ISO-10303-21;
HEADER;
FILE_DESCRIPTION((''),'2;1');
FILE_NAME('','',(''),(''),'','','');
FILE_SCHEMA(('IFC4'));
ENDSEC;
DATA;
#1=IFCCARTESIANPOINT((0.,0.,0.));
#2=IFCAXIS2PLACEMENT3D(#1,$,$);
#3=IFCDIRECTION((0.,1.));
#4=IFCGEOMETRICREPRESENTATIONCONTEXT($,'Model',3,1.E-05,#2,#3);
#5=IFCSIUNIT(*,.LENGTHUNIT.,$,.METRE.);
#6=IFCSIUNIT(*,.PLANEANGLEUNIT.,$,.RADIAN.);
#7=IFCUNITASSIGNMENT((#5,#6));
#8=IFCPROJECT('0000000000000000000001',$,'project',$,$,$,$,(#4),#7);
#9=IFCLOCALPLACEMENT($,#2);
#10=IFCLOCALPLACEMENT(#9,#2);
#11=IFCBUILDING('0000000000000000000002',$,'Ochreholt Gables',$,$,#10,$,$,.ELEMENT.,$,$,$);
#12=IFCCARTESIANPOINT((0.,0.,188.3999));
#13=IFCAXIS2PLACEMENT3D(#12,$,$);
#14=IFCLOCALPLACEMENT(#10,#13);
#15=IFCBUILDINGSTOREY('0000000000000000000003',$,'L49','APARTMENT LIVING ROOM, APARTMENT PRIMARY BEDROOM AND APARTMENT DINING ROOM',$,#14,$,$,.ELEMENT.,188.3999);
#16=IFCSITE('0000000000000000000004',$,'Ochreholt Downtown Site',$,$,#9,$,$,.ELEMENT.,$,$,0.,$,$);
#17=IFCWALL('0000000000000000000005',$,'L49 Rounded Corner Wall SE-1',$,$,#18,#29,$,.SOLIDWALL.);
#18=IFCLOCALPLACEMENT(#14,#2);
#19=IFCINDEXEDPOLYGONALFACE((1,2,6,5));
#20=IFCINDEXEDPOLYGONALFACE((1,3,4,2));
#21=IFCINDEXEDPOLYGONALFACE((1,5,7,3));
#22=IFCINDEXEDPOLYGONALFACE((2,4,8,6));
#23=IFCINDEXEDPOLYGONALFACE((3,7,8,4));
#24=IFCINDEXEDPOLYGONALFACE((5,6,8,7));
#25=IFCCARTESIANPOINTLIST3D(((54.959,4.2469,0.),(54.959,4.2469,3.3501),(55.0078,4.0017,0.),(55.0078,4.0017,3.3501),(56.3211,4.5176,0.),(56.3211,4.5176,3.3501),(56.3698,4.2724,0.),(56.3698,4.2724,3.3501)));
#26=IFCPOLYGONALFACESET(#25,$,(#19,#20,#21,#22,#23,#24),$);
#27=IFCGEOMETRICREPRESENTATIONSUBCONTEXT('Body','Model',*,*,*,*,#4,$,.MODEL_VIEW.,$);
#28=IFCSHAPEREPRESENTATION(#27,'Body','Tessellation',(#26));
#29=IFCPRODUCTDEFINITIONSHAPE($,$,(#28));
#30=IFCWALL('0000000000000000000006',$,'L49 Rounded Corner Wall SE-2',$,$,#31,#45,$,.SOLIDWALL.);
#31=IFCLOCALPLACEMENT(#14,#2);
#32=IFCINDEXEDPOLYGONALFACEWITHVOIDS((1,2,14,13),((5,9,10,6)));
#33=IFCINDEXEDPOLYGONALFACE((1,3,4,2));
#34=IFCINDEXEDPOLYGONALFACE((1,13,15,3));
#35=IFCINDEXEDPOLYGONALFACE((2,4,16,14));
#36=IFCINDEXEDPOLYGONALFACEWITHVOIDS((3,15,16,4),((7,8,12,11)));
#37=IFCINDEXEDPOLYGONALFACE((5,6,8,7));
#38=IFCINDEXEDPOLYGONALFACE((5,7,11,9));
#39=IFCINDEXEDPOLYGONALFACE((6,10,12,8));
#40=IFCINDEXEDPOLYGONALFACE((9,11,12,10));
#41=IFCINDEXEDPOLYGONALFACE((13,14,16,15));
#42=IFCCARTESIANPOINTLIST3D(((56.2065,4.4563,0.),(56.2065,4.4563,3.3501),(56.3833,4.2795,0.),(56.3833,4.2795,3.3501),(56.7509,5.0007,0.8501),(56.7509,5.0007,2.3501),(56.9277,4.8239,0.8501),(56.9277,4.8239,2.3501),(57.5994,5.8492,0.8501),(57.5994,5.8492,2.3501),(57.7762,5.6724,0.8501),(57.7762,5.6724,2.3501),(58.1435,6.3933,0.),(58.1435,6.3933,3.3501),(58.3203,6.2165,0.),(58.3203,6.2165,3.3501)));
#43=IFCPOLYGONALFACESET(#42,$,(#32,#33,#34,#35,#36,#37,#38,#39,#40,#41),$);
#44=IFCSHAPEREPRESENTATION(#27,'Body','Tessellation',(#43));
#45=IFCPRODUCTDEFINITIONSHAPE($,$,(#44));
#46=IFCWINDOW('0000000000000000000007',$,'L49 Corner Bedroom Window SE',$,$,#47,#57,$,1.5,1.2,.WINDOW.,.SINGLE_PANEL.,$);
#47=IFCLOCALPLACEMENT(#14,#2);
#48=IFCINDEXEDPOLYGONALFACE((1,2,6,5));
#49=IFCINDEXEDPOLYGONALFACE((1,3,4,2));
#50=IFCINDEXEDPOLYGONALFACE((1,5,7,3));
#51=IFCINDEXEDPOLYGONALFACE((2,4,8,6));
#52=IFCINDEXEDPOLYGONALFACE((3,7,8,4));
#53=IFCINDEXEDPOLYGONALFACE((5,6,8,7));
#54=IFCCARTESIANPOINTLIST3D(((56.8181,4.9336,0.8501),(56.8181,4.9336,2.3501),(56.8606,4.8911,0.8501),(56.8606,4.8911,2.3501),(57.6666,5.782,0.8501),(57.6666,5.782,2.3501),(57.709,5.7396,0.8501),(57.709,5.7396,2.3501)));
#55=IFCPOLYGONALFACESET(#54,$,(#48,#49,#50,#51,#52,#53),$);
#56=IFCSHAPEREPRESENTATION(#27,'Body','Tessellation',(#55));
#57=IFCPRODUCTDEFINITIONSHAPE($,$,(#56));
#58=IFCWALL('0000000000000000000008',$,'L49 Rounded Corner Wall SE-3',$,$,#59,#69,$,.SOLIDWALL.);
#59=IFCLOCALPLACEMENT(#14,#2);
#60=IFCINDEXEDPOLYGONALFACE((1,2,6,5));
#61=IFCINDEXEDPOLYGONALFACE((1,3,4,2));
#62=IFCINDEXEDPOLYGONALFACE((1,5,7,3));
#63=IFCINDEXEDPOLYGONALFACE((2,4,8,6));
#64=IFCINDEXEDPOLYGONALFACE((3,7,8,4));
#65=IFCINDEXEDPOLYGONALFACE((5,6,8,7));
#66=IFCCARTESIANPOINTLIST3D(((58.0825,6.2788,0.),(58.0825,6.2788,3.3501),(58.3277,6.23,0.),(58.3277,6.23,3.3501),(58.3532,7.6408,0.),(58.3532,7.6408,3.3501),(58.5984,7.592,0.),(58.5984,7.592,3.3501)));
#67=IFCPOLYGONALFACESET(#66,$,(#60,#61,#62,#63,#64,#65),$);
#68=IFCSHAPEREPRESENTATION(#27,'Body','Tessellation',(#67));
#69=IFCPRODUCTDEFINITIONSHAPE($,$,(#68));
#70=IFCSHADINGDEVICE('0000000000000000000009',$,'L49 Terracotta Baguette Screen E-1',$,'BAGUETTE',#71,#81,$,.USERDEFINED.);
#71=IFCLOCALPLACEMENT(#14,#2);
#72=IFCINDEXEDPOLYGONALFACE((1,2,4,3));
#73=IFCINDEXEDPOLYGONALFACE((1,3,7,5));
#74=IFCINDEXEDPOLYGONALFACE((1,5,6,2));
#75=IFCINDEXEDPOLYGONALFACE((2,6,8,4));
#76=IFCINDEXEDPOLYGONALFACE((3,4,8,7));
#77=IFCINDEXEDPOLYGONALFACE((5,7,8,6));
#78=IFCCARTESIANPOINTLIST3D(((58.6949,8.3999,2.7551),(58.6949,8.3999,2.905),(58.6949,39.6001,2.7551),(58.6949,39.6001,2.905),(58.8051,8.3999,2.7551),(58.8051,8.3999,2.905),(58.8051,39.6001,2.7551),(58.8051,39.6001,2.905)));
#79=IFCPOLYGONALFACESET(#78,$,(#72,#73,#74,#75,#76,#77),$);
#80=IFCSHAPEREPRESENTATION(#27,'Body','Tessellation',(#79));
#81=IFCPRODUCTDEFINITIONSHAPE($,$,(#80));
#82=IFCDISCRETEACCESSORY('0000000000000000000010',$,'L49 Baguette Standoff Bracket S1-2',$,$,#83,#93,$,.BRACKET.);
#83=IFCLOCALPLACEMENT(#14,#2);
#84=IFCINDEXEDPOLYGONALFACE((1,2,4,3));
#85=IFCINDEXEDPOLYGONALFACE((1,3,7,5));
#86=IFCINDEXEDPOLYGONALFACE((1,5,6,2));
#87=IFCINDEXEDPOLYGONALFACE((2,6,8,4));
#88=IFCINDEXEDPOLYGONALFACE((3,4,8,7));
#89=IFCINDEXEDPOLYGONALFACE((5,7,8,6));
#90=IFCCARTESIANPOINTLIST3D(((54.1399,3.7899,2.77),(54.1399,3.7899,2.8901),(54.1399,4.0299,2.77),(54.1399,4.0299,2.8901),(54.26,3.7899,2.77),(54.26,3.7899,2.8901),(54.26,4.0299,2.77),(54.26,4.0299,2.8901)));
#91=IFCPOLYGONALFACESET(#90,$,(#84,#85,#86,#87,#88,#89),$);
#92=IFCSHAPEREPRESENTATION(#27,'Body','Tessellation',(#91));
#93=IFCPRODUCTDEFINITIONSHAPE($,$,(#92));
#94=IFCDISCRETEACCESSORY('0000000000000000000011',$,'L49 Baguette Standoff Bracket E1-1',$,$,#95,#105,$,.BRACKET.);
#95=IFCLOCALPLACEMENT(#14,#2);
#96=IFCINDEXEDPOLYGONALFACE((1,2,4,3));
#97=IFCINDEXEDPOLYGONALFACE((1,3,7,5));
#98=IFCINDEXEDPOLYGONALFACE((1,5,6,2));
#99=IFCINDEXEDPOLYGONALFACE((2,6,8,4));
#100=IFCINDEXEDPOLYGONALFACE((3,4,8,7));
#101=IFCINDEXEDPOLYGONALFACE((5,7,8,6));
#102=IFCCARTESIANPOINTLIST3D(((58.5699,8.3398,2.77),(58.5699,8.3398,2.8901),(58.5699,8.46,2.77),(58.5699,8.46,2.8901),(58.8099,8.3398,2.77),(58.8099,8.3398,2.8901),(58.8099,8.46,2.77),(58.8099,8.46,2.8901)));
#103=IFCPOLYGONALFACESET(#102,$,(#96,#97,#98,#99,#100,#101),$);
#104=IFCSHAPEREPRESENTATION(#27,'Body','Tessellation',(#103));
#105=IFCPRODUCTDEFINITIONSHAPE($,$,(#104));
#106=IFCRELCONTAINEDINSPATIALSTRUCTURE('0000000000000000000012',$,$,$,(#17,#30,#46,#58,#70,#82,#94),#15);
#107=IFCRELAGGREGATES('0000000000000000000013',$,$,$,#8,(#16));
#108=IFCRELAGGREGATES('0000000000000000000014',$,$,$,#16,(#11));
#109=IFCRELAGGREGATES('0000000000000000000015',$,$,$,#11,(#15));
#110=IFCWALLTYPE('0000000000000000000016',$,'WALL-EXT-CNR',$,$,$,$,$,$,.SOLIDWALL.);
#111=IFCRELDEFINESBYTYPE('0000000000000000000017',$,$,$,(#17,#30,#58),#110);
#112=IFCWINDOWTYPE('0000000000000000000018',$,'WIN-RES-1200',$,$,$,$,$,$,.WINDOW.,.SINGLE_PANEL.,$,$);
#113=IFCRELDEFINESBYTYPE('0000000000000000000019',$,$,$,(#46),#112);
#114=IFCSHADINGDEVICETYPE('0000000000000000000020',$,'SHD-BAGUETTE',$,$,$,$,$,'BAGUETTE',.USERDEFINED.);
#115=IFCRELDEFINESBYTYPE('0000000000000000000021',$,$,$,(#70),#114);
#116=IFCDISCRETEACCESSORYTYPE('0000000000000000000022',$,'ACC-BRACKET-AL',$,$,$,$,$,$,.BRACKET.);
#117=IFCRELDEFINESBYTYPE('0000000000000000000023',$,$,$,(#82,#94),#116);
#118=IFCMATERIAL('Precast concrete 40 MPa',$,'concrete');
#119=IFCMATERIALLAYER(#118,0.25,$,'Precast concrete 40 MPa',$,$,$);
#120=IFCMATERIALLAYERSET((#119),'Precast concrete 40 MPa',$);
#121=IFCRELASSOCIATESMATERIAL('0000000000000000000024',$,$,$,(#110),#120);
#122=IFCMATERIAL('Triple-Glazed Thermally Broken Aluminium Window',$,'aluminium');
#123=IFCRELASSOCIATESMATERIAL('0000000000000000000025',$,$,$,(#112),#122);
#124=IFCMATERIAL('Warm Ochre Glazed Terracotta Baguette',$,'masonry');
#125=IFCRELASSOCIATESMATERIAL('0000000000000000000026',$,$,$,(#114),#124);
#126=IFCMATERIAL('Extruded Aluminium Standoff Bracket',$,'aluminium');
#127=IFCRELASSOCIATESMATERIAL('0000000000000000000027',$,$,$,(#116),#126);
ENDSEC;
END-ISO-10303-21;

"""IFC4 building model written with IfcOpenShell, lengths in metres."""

from ifc_helpers import new_model, si_unit, direction, frame, frame_2d, origin, origin_2d, place, context, subcontext, project, spatial, rectangle, extrude, material, layer, layer_set, material_profile, profile_set, type_object, element, fill, save


model = new_model("IFC4")

# Units and contexts
model_context = context("Model", 3, precision=1e-05, world=origin(), true_north=direction((0.0, 1.0)))
body_context = subcontext(model_context, "Body", "Model", "MODEL_VIEW")
ifc_project = project(units=[si_unit("LENGTHUNIT", "METRE"), si_unit("PLANEANGLEUNIT", "RADIAN")], contexts=[model_context])

# Site, building, storey
site_placement = place(None, origin())
site = spatial("IfcSite", under=ifc_project, at=site_placement, Name="Ochreholt Downtown Site", CompositionType="ELEMENT", RefElevation=0.0)
building_placement = place(site_placement, origin())
building = spatial("IfcBuilding", under=site, at=building_placement, Name="Ochreholt Gables", CompositionType="ELEMENT")
storey_placement = place(building_placement, frame((0.0, 0.0, 188.3999)))
storey = spatial("IfcBuildingStorey", under=building, at=storey_placement, Name="L49", Description="APARTMENT LIVING ROOM, APARTMENT PRIMARY BEDROOM AND APARTMENT DINING ROOM", CompositionType="ELEMENT", Elevation=188.3999)

# Shared definitions
ifc_material_1 = material(Name="Precast concrete 40 MPa", Category="concrete")
ifc_material_2 = material(Name="Triple-Glazed Thermally Broken Aluminium Window", Category="aluminium")

# Wall
ifc_layer_1 = layer(ifc_material_1, 0.25, Name="Precast concrete 40 MPa")
ifc_layer_set_1 = layer_set([ifc_layer_1], Name="Precast concrete 40 MPa")
wall_type_1 = type_object("IfcWallType", Name="WALL-EXT-CNR", PredefinedType="SOLIDWALL", material=ifc_layer_set_1)
wall_1_placement = place(storey_placement, frame((54.9834, 4.1243, 0.0), z_axis=(0.0, 0.0, 1.0), x_axis=(0.98081, 0.194967, 0.0)))
element("IfcWall", 1, at=wall_1_placement, inside=storey, type_object=wall_type_1, Name="L49 Rounded Corner Wall SE-1", PredefinedType="SOLIDWALL", context=body_context, shape_type="SweptSolid", body=[
    extrude(rectangle(XDim=1.3887, YDim=0.25, at=frame_2d((0.6943, 0.0))), origin(), (0.0, 0.0, 1.0), 3.3501),
])

# Wall, opening, window
wall_2_placement = place(storey_placement, frame((56.2949, 4.3679, 0.0), z_axis=(0.0, 0.0, 1.0), x_axis=(0.707107, 0.707107, 0.0)))
wall_2 = element("IfcWall", 2, at=wall_2_placement, inside=storey, type_object=wall_type_1, Name="L49 Rounded Corner Wall SE-2", PredefinedType="SOLIDWALL", context=body_context, shape_type="SweptSolid", body=[
    extrude(rectangle(XDim=2.7393, YDim=0.25, at=frame_2d((1.3696, 0.0))), origin(), (0.0, 0.0, 1.0), 3.3501),
])
opening_1_placement = place(wall_2_placement, frame((0.7698, 0.0, 0.8501)))
opening_1 = element("IfcOpeningElement", 3, at=opening_1_placement, cuts=wall_2, PredefinedType="OPENING", context=body_context, shape_type="SweptSolid", body=[
    extrude(rectangle(XDim=1.2, YDim=1.5, at=frame_2d((0.6001, 0.75))), frame((0.0, 0.135, 0.0), z_axis=(0.0, -1.0, 0.0), x_axis=(1.0, 0.0, 0.0)), (0.0, 0.0, 1.0), 0.27),
])
window_type_1 = type_object("IfcWindowType", Name="WIN-RES-1200", PartitioningType="SINGLE_PANEL", PredefinedType="WINDOW", material=ifc_material_2)
window_1_placement = place(opening_1_placement, origin())
window_1 = element("IfcWindow", 4, at=window_1_placement, inside=storey, type_object=window_type_1, Name="L49 Corner Bedroom Window SE", OverallHeight=1.5, OverallWidth=1.2, PartitioningType="SINGLE_PANEL", PredefinedType="WINDOW", context=body_context, shape_type="SweptSolid", body=[
    extrude(rectangle(XDim=1.2, YDim=1.5, at=frame_2d((0.6001, 0.75))), frame((0.0, 0.03, 0.0), z_axis=(0.0, -1.0, 0.0), x_axis=(1.0, 0.0, 0.0)), (0.0, 0.0, 1.0), 0.0601),
])
fill(opening_1, window_1)

# Wall
wall_3_placement = place(storey_placement, frame((58.2051, 6.2544, 0.0), z_axis=(0.0, 0.0, 1.0), x_axis=(0.194967, 0.98081, 0.0)))
element("IfcWall", 5, at=wall_3_placement, inside=storey, type_object=wall_type_1, Name="L49 Rounded Corner Wall SE-3", PredefinedType="SOLIDWALL", context=body_context, shape_type="SweptSolid", body=[
    extrude(rectangle(XDim=1.3887, YDim=0.25, at=frame_2d((0.6943, 0.0))), origin(), (0.0, 0.0, 1.0), 3.3501),
])

# Shading device
ifc_material_3 = material(Name="Warm Ochre Glazed Terracotta Baguette", Category="masonry")
ifc_material_profile_1 = material_profile(ifc_material_3, rectangle(XDim=0.1101, YDim=0.1499, at=origin_2d()), Name="TCBAG110X150")
ifc_profile_set_1 = profile_set([ifc_material_profile_1], Name="Warm Ochre Glazed Terracotta Baguette")
shading_device_type = type_object("IfcShadingDeviceType", Name="SHD-BAGUETTE", ElementType="BAGUETTE", PredefinedType="USERDEFINED", material=ifc_profile_set_1)
shading_device_placement = place(storey_placement, frame((58.75, 8.3999, 2.8301), z_axis=(0.0, 1.0, 0.0), x_axis=(-1.0, 0.0, 0.0)))
element("IfcShadingDevice", 6, at=shading_device_placement, inside=storey, type_object=shading_device_type, Name="L49 Terracotta Baguette Screen E-1", ObjectType="BAGUETTE", PredefinedType="USERDEFINED", context=body_context, shape_type="SweptSolid", body=[
    extrude(rectangle(XDim=0.1101, YDim=0.1499, at=origin_2d()), origin(), (0.0, 0.0, 1.0), 31.2002),
])

# Discrete accessories
ifc_material_4 = material(Name="Extruded Aluminium Standoff Bracket", Category="aluminium")
discrete_accessory_type = type_object("IfcDiscreteAccessoryType", Name="ACC-BRACKET-AL", PredefinedType="BRACKET", material=ifc_material_4)
for number, where, z_axis, x_axis, name in (
    (7, (54.2, 3.9099, 2.77), (0.0, 0.0, 1.0), (1.0, 0.0, 0.0), "L49 Baguette Standoff Bracket S1-2"),
    (8, (58.6899, 8.3999, 2.77), (0.0, 0.0, 1.0), (0.0, 1.0, 0.0), "L49 Baguette Standoff Bracket E1-1"),
):
    element("IfcDiscreteAccessory", number, at=place(storey_placement, frame(where, z_axis=z_axis, x_axis=x_axis)), inside=storey, type_object=discrete_accessory_type, Name=name, PredefinedType="BRACKET", context=body_context, shape_type="SweptSolid", body=[
        extrude(rectangle(XDim=0.1201, YDim=0.24, at=origin_2d()), origin(), (0.0, 0.0, 1.0), 0.1201),
    ])

save(model, "model.ifc")
